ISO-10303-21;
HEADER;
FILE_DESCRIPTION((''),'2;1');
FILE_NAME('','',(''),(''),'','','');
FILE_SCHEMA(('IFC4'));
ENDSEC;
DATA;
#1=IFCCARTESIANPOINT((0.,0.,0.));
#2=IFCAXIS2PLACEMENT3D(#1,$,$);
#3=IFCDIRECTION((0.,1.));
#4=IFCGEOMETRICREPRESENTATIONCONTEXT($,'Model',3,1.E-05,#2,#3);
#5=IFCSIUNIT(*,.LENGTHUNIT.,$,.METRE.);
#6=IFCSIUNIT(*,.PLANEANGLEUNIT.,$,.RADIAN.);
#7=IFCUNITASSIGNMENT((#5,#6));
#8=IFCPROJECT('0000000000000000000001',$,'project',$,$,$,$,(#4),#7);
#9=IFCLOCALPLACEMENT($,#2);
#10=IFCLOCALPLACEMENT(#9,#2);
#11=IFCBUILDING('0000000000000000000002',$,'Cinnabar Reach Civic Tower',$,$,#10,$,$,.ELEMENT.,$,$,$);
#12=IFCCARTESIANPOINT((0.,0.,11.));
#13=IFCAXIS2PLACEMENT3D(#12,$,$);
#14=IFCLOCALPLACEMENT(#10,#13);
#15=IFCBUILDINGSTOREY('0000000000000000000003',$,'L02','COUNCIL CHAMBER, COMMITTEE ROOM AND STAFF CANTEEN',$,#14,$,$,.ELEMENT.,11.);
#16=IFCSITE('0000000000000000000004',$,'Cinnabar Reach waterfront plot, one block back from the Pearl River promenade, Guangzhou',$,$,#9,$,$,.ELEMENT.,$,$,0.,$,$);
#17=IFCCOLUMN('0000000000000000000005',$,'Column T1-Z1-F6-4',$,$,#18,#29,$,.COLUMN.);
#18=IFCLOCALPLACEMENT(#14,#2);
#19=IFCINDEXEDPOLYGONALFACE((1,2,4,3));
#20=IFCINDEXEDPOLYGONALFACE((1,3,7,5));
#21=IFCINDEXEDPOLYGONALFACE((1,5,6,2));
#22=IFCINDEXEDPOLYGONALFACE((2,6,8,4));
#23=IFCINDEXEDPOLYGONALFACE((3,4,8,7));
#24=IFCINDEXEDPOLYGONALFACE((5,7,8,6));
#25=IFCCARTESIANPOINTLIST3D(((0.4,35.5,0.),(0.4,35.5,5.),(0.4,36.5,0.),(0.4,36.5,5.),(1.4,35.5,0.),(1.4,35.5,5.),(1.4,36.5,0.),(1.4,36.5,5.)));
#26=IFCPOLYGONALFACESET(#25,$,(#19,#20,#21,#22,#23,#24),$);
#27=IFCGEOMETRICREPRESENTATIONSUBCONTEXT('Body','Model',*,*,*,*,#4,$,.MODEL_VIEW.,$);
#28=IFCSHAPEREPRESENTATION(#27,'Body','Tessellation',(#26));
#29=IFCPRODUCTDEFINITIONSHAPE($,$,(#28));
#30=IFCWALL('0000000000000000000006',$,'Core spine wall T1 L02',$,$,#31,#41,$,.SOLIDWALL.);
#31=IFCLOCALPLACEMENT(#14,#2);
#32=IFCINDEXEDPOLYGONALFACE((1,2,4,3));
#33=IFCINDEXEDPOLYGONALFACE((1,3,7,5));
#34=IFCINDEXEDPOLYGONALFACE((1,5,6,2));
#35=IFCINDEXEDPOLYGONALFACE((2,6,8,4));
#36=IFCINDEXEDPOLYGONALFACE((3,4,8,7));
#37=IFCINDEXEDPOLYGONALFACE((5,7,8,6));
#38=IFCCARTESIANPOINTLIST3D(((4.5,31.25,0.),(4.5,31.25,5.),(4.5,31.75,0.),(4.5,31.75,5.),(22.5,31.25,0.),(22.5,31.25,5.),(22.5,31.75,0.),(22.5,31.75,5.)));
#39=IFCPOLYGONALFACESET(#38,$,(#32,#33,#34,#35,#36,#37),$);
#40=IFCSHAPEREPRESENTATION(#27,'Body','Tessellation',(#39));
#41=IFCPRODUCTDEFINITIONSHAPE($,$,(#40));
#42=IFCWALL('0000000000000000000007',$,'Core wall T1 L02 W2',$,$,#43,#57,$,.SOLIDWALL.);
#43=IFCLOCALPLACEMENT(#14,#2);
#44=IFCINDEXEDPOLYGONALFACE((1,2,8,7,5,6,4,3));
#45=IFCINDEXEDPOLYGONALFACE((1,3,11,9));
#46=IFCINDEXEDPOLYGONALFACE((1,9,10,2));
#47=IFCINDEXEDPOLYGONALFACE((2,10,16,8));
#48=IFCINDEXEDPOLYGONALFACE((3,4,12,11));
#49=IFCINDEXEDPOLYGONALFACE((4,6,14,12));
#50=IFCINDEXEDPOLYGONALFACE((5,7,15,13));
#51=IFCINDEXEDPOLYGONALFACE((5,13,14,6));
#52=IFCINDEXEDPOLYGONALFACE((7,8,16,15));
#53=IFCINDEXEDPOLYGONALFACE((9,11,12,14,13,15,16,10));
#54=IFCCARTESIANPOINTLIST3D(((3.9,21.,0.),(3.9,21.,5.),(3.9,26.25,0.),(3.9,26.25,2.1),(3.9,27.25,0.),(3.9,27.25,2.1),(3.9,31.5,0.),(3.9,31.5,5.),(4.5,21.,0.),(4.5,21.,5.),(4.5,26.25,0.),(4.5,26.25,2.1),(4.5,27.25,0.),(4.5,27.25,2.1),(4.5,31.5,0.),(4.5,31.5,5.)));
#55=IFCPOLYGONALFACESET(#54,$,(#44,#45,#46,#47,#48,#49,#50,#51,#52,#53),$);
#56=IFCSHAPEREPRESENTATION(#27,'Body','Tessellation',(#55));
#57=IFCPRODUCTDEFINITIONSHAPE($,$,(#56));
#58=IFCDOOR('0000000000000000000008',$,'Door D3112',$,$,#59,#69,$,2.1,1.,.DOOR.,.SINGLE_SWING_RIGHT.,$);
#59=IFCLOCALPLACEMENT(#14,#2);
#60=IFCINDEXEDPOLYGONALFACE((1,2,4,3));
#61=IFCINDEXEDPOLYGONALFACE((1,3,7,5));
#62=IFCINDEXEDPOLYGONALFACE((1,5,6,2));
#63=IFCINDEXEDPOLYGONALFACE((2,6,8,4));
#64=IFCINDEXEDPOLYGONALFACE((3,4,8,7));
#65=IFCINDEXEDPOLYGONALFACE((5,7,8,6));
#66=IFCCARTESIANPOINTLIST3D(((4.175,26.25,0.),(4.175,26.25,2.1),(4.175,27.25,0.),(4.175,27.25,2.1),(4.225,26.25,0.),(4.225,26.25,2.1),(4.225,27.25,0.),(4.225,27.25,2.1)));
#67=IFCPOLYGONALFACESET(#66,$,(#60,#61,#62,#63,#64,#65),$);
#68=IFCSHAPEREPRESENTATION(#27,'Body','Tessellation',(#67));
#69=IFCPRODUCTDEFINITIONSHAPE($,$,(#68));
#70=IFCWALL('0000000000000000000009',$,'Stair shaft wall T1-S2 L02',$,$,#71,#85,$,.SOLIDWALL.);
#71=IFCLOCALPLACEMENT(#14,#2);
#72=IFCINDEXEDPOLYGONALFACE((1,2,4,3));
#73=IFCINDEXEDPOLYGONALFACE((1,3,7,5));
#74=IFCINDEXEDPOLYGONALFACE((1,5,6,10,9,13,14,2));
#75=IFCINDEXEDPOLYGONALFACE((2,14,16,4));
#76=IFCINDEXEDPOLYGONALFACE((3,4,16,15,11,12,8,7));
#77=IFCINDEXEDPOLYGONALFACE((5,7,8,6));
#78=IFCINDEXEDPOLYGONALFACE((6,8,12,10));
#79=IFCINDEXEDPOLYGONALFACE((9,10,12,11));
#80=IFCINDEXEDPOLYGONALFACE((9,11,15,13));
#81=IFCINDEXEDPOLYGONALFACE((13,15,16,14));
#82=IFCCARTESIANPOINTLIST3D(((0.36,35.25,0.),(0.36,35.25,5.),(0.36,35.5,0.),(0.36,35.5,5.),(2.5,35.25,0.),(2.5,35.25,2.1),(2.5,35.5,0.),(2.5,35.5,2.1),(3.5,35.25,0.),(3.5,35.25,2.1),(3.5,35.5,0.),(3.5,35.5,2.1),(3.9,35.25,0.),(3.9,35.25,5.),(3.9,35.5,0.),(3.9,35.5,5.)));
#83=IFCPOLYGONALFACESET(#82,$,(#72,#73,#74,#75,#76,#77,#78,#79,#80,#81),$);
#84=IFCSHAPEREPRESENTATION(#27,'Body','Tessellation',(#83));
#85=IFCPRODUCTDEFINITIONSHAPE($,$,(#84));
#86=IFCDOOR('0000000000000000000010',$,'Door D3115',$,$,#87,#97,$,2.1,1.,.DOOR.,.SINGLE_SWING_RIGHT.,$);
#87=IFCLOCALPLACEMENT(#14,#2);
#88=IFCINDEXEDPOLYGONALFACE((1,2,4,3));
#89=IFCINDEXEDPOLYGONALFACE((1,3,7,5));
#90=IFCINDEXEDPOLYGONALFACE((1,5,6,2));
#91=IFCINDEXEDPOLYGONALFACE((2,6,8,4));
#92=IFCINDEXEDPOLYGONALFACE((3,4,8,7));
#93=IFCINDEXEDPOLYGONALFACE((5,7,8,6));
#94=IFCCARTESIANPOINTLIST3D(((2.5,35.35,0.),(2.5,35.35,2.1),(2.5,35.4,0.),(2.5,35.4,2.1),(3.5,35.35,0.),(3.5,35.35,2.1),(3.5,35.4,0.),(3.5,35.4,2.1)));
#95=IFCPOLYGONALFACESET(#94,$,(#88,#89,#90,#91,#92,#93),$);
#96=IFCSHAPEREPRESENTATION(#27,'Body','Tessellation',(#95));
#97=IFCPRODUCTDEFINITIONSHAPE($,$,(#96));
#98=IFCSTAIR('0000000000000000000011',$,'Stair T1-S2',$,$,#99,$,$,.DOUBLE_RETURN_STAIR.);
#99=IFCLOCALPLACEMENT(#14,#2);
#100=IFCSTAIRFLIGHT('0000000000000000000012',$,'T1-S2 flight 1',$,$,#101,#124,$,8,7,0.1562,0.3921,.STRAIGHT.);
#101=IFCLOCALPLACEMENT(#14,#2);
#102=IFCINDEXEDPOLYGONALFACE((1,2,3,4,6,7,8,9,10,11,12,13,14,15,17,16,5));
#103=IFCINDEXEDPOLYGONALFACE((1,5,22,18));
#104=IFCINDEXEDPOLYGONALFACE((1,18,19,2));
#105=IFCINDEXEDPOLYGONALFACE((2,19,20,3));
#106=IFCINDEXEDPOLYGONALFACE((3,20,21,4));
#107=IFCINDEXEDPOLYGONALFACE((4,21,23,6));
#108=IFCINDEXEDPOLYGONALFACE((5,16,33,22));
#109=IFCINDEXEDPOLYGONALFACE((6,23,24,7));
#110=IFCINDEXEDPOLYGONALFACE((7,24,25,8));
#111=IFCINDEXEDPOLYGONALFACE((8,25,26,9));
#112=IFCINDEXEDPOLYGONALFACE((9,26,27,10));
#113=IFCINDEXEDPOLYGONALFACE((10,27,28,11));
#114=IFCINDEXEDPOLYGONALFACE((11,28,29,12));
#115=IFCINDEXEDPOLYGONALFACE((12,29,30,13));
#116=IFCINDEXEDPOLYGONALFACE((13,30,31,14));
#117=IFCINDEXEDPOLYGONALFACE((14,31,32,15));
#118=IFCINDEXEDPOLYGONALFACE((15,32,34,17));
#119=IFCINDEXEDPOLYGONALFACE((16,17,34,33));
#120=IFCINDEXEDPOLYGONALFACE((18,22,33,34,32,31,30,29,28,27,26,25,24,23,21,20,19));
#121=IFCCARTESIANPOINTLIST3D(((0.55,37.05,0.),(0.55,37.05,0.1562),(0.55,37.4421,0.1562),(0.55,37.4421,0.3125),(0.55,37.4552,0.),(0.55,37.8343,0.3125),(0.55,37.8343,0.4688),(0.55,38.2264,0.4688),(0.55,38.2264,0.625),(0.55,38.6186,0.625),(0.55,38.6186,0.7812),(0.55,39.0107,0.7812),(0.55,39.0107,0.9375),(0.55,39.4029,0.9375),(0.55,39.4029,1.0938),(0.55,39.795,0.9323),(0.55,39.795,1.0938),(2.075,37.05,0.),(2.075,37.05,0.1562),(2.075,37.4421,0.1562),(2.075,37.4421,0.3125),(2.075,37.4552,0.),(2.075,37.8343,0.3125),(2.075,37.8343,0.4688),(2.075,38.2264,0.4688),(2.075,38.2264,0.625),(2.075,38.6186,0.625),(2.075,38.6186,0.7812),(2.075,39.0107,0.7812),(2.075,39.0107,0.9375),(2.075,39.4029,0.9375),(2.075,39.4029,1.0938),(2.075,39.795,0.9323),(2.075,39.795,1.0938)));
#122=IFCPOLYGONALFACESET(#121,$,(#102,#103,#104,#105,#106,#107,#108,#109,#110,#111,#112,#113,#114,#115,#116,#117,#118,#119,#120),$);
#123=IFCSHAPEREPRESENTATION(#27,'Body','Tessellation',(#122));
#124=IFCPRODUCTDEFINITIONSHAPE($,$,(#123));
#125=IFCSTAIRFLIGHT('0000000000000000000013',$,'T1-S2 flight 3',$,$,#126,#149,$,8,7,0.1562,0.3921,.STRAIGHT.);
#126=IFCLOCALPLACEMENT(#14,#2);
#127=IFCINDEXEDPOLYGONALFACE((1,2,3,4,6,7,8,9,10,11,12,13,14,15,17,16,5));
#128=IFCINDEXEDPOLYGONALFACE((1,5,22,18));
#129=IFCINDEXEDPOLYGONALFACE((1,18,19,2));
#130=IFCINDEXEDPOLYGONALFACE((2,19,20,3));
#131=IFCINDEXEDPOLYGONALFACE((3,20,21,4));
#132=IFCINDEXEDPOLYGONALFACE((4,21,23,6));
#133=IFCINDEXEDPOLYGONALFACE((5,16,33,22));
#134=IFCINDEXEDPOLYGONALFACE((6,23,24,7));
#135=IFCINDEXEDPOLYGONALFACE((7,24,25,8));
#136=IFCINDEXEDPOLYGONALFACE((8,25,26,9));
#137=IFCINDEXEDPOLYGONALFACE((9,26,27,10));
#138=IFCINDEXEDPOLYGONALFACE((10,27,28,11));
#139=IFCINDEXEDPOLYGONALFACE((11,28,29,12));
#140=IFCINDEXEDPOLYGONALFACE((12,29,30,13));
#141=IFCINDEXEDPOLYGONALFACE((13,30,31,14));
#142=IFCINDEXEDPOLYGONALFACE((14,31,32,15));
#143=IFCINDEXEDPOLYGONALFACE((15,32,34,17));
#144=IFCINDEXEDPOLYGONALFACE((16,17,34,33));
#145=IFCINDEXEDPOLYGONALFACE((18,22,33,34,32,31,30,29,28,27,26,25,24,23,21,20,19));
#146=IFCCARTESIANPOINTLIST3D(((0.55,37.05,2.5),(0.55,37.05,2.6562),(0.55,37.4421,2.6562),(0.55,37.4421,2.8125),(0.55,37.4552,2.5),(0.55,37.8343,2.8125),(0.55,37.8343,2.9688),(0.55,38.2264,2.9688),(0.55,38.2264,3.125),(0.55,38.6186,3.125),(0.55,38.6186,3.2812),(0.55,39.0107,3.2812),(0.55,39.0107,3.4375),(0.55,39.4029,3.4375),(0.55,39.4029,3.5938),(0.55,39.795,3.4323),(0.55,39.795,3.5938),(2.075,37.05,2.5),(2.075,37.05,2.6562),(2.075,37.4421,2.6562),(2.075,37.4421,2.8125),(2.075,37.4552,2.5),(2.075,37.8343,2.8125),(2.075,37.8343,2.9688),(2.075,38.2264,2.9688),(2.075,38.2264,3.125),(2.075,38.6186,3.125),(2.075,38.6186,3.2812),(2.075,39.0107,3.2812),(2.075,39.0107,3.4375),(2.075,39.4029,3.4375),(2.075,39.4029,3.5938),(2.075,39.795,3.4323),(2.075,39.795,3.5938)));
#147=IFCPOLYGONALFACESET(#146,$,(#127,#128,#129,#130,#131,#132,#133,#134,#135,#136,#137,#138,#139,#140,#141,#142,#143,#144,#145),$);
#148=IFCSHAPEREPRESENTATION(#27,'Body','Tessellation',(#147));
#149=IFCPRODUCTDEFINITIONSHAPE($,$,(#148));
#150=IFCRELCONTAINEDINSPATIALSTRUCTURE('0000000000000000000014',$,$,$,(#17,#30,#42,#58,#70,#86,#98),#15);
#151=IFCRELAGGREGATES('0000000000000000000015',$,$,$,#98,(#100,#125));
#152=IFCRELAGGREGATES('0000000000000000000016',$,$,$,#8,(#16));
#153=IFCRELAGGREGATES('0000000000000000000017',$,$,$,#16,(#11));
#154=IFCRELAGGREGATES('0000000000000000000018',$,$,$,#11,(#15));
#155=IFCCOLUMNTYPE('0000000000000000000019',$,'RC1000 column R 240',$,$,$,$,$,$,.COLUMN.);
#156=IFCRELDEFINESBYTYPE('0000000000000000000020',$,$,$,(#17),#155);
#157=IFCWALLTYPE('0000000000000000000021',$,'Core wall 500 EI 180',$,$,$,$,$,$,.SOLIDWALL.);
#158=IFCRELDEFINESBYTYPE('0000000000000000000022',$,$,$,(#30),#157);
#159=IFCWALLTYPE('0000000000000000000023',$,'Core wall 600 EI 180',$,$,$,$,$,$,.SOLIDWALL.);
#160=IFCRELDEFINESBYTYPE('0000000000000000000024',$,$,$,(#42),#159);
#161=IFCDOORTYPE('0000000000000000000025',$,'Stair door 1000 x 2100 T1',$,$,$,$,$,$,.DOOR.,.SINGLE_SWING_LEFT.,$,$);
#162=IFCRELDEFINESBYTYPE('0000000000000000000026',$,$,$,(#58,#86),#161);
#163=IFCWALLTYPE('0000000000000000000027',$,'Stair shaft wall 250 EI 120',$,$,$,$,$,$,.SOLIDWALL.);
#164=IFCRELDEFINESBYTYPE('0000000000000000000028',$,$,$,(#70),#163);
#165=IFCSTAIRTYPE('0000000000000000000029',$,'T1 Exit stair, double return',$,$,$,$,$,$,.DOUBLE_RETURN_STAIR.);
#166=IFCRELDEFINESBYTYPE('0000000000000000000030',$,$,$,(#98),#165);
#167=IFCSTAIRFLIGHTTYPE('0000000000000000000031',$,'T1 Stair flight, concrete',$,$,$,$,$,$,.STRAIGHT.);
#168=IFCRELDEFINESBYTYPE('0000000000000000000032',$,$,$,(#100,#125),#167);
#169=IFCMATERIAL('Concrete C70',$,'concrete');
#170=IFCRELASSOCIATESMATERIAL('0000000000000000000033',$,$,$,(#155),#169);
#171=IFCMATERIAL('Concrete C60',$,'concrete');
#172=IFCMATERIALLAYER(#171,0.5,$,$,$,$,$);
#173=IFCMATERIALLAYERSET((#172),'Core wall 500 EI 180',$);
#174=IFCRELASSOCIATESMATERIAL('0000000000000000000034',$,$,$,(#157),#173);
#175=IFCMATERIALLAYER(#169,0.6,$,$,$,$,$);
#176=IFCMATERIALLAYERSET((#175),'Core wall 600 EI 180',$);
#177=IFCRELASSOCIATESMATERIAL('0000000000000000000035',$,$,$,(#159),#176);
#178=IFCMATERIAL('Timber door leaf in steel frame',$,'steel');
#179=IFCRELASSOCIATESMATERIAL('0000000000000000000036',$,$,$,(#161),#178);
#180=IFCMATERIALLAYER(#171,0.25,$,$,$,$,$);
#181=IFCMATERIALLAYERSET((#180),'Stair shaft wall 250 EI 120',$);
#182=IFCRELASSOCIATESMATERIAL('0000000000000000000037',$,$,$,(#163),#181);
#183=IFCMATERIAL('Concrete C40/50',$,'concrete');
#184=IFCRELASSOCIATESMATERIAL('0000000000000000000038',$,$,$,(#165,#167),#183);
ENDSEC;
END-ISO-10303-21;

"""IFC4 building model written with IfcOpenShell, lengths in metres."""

from ifc_helpers import new_model, si_unit, direction, frame, frame_2d, origin, origin_2d, place, context, subcontext, project, spatial, polyline, rectangle, outline, extrude, material, layer, layer_set, material_profile, profile_set, type_object, element, fill, aggregate, save


model = new_model("IFC4")

# Units and contexts
model_context = context("Model", 3, precision=1e-05, world=origin(), true_north=direction((0.0, 1.0)))
body_context = subcontext(model_context, "Body", "Model", "MODEL_VIEW")
ifc_project = project(units=[si_unit("LENGTHUNIT", "METRE"), si_unit("PLANEANGLEUNIT", "RADIAN")], contexts=[model_context])

# Site, building, storey
site_placement = place(None, origin())
site = spatial("IfcSite", under=ifc_project, at=site_placement, Name="Cinnabar Reach waterfront plot, one block back from the Pearl River promenade, Guangzhou", CompositionType="ELEMENT", RefElevation=0.0)
building_placement = place(site_placement, origin())
building = spatial("IfcBuilding", under=site, at=building_placement, Name="Cinnabar Reach Civic Tower", CompositionType="ELEMENT")
storey_placement = place(building_placement, frame((0.0, 0.0, 11.0)))
storey = spatial("IfcBuildingStorey", under=building, at=storey_placement, Name="L02", Description="COUNCIL CHAMBER, COMMITTEE ROOM AND STAFF CANTEEN", CompositionType="ELEMENT", Elevation=11.0)

# Column
ifc_material_1 = material(Name="Concrete C70", Category="concrete")
ifc_material_profile = material_profile(ifc_material_1, rectangle(XDim=1.0, YDim=1.0, at=origin_2d()), Name="RC1000")
ifc_profile_set = profile_set([ifc_material_profile], Name="Concrete C70")
column_type = type_object("IfcColumnType", Name="RC1000 column R 240", PredefinedType="COLUMN", material=ifc_profile_set)
column_placement = place(storey_placement, frame((0.9, 36.0, 0.0), z_axis=(0.0, 0.0, 1.0), x_axis=(1.0, 0.0, 0.0)))
element("IfcColumn", 1, at=column_placement, inside=storey, type_object=column_type, Name="Column T1-Z1-F6-4", PredefinedType="COLUMN", context=body_context, shape_type="SweptSolid", body=[
    extrude(rectangle(XDim=1.0, YDim=1.0, at=origin_2d()), origin(), (0.0, 0.0, 1.0), 5.0),
])

# Wall
ifc_material_2 = material(Name="Concrete C60", Category="concrete")
ifc_layer_1 = layer(ifc_material_2, 0.5)
ifc_layer_set_1 = layer_set([ifc_layer_1], Name="Core wall 500 EI 180")
wall_type_1 = type_object("IfcWallType", Name="Core wall 500 EI 180", PredefinedType="SOLIDWALL", material=ifc_layer_set_1)
wall_1_placement = place(storey_placement, frame((4.5, 31.5, 0.0), z_axis=(0.0, 0.0, 1.0), x_axis=(1.0, 0.0, 0.0)))
element("IfcWall", 2, at=wall_1_placement, inside=storey, type_object=wall_type_1, Name="Core spine wall T1 L02", PredefinedType="SOLIDWALL", context=body_context, shape_type="SweptSolid", body=[
    extrude(rectangle(XDim=18.0, YDim=0.5, at=frame_2d((9.0, 0.0))), origin(), (0.0, 0.0, 1.0), 5.0),
])

# Walls, openings, doors
ifc_layer_2 = layer(ifc_material_1, 0.6)
ifc_layer_set_2 = layer_set([ifc_layer_2], Name="Core wall 600 EI 180")
wall_type_2 = type_object("IfcWallType", Name="Core wall 600 EI 180", PredefinedType="SOLIDWALL", material=ifc_layer_set_2)
wall_2_placement = place(storey_placement, frame((4.2, 31.5, 0.0), z_axis=(0.0, 0.0, 1.0), x_axis=(0.0, -1.0, 0.0)))
wall_2 = element("IfcWall", 3, at=wall_2_placement, inside=storey, type_object=wall_type_2, Name="Core wall T1 L02 W2", PredefinedType="SOLIDWALL", context=body_context, shape_type="SweptSolid", body=[
    extrude(rectangle(XDim=10.5, YDim=0.6, at=frame_2d((5.25, 0.0))), origin(), (0.0, 0.0, 1.0), 5.0),
])
opening_1_placement = place(wall_2_placement, frame((4.25, 0.0, 0.0)))
opening_1 = element("IfcOpeningElement", 4, at=opening_1_placement, cuts=wall_2, PredefinedType="OPENING", context=body_context, shape_type="SweptSolid", body=[
    extrude(rectangle(XDim=1.0, YDim=2.1, at=frame_2d((0.5, 1.05))), frame((0.0, 0.31, 0.0), z_axis=(0.0, -1.0, 0.0), x_axis=(1.0, 0.0, 0.0)), (0.0, 0.0, 1.0), 0.62),
])
ifc_material_3 = material(Name="Timber door leaf in steel frame", Category="steel")
door_type = type_object("IfcDoorType", Name="Stair door 1000 x 2100 T1", OperationType="SINGLE_SWING_LEFT", PredefinedType="DOOR", material=ifc_material_3)
door_1_placement = place(opening_1_placement, frame((1.0, 0.0, 0.0), z_axis=(0.0, 0.0, 1.0), x_axis=(-1.0, 0.0, 0.0)))
door_1 = element("IfcDoor", 5, at=door_1_placement, inside=storey, type_object=door_type, Name="Door D3112", OperationType="SINGLE_SWING_RIGHT", OverallHeight=2.1, OverallWidth=1.0, PredefinedType="DOOR", context=body_context, shape_type="SweptSolid", body=[
    extrude(rectangle(XDim=1.0, YDim=2.1, at=frame_2d((0.5, 1.05))), frame((0.0, 0.025, 0.0), z_axis=(0.0, -1.0, 0.0), x_axis=(1.0, 0.0, 0.0)), (0.0, 0.0, 1.0), 0.05),
])
fill(opening_1, door_1)
ifc_layer_3 = layer(ifc_material_2, 0.25)
ifc_layer_set_3 = layer_set([ifc_layer_3], Name="Stair shaft wall 250 EI 120")
wall_type_3 = type_object("IfcWallType", Name="Stair shaft wall 250 EI 120", PredefinedType="SOLIDWALL", material=ifc_layer_set_3)
wall_3_placement = place(storey_placement, frame((0.36, 35.375, 0.0), z_axis=(0.0, 0.0, 1.0), x_axis=(1.0, 0.0, 0.0)))
wall_3 = element("IfcWall", 6, at=wall_3_placement, inside=storey, type_object=wall_type_3, Name="Stair shaft wall T1-S2 L02", PredefinedType="SOLIDWALL", context=body_context, shape_type="SweptSolid", body=[
    extrude(rectangle(XDim=3.54, YDim=0.25, at=frame_2d((1.77, 0.0))), origin(), (0.0, 0.0, 1.0), 5.0),
])
opening_2_placement = place(wall_3_placement, frame((2.14, 0.0, 0.0)))
opening_2 = element("IfcOpeningElement", 7, at=opening_2_placement, cuts=wall_3, PredefinedType="OPENING", context=body_context, shape_type="SweptSolid", body=[
    extrude(rectangle(XDim=1.0, YDim=2.1, at=frame_2d((0.5, 1.05))), frame((0.0, 0.135, 0.0), z_axis=(0.0, -1.0, 0.0), x_axis=(1.0, 0.0, 0.0)), (0.0, 0.0, 1.0), 0.27),
])
door_2_placement = place(opening_2_placement, origin())
door_2 = element("IfcDoor", 8, at=door_2_placement, inside=storey, type_object=door_type, Name="Door D3115", OperationType="SINGLE_SWING_RIGHT", OverallHeight=2.1, OverallWidth=1.0, PredefinedType="DOOR", context=body_context, shape_type="SweptSolid", body=[
    extrude(rectangle(XDim=1.0, YDim=2.1, at=frame_2d((0.5, 1.05))), frame((0.0, 0.025, 0.0), z_axis=(0.0, -1.0, 0.0), x_axis=(1.0, 0.0, 0.0)), (0.0, 0.0, 1.0), 0.05),
])
fill(opening_2, door_2)

# Stair, stair flights
ifc_material_4 = material(Name="Concrete C40/50", Category="concrete")
stair_type = type_object("IfcStairType", Name="T1 Exit stair, double return", PredefinedType="DOUBLE_RETURN_STAIR", material=ifc_material_4)
stair_placement = place(storey_placement, origin())
stair = element("IfcStair", 9, at=stair_placement, inside=storey, type_object=stair_type, Name="Stair T1-S2", PredefinedType="DOUBLE_RETURN_STAIR")
stair_flight_type = type_object("IfcStairFlightType", Name="T1 Stair flight, concrete", PredefinedType="STRAIGHT", material=ifc_material_4)
stair_flight_1_placement = place(storey_placement, frame((1.3125, 37.05, 0.0), z_axis=(0.0, 0.0, 1.0), x_axis=(0.0, 1.0, 0.0)))
stair_flight_1 = element("IfcStairFlight", 10, at=stair_flight_1_placement, type_object=stair_flight_type, Name="T1-S2 flight 1", NumberOfRisers=8, NumberOfTreads=7, PredefinedType="STRAIGHT", RiserHeight=0.1562, TreadLength=0.3921, context=body_context, shape_type="SweptSolid", body=[
    extrude(outline(polyline([(0.0, 0.0), (0.0, 0.1562), (0.3921, 0.1562), (0.3921, 0.3125), (0.7843, 0.3125), (0.7843, 0.4688), (1.1764, 0.4688), (1.1764, 0.625), (1.5686, 0.625), (1.5686, 0.7812), (1.9607, 0.7812), (1.9607, 0.9375), (2.3529, 0.9375), (2.3529, 1.0938), (2.745, 1.0938), (2.745, 1.25), (2.745, 0.9323), (0.4052, 0.0), (0.0, 0.0)])), frame((0.0, 0.7625, 0.0), z_axis=(0.0, -1.0, 0.0), x_axis=(1.0, 0.0, 0.0)), (0.0, 0.0, 1.0), 1.525),
])
stair_flight_2_placement = place(storey_placement, frame((1.3125, 37.05, 2.5), z_axis=(0.0, 0.0, 1.0), x_axis=(0.0, 1.0, 0.0)))
stair_flight_2 = element("IfcStairFlight", 11, at=stair_flight_2_placement, type_object=stair_flight_type, Name="T1-S2 flight 3", NumberOfRisers=8, NumberOfTreads=7, PredefinedType="STRAIGHT", RiserHeight=0.1562, TreadLength=0.3921, context=body_context, shape_type="SweptSolid", body=[
    extrude(outline(polyline([(0.0, 0.0), (0.0, 0.1562), (0.3921, 0.1562), (0.3921, 0.3125), (0.7843, 0.3125), (0.7843, 0.4688), (1.1764, 0.4688), (1.1764, 0.625), (1.5686, 0.625), (1.5686, 0.7812), (1.9607, 0.7812), (1.9607, 0.9375), (2.3529, 0.9375), (2.3529, 1.0938), (2.745, 1.0938), (2.745, 1.25), (2.745, 0.9323), (0.4052, 0.0), (0.0, 0.0)])), frame((0.0, 0.7625, 0.0), z_axis=(0.0, -1.0, 0.0), x_axis=(1.0, 0.0, 0.0)), (0.0, 0.0, 1.0), 1.525),
])
aggregate(stair, [stair_flight_1, stair_flight_2])

save(model, "model.ifc")
